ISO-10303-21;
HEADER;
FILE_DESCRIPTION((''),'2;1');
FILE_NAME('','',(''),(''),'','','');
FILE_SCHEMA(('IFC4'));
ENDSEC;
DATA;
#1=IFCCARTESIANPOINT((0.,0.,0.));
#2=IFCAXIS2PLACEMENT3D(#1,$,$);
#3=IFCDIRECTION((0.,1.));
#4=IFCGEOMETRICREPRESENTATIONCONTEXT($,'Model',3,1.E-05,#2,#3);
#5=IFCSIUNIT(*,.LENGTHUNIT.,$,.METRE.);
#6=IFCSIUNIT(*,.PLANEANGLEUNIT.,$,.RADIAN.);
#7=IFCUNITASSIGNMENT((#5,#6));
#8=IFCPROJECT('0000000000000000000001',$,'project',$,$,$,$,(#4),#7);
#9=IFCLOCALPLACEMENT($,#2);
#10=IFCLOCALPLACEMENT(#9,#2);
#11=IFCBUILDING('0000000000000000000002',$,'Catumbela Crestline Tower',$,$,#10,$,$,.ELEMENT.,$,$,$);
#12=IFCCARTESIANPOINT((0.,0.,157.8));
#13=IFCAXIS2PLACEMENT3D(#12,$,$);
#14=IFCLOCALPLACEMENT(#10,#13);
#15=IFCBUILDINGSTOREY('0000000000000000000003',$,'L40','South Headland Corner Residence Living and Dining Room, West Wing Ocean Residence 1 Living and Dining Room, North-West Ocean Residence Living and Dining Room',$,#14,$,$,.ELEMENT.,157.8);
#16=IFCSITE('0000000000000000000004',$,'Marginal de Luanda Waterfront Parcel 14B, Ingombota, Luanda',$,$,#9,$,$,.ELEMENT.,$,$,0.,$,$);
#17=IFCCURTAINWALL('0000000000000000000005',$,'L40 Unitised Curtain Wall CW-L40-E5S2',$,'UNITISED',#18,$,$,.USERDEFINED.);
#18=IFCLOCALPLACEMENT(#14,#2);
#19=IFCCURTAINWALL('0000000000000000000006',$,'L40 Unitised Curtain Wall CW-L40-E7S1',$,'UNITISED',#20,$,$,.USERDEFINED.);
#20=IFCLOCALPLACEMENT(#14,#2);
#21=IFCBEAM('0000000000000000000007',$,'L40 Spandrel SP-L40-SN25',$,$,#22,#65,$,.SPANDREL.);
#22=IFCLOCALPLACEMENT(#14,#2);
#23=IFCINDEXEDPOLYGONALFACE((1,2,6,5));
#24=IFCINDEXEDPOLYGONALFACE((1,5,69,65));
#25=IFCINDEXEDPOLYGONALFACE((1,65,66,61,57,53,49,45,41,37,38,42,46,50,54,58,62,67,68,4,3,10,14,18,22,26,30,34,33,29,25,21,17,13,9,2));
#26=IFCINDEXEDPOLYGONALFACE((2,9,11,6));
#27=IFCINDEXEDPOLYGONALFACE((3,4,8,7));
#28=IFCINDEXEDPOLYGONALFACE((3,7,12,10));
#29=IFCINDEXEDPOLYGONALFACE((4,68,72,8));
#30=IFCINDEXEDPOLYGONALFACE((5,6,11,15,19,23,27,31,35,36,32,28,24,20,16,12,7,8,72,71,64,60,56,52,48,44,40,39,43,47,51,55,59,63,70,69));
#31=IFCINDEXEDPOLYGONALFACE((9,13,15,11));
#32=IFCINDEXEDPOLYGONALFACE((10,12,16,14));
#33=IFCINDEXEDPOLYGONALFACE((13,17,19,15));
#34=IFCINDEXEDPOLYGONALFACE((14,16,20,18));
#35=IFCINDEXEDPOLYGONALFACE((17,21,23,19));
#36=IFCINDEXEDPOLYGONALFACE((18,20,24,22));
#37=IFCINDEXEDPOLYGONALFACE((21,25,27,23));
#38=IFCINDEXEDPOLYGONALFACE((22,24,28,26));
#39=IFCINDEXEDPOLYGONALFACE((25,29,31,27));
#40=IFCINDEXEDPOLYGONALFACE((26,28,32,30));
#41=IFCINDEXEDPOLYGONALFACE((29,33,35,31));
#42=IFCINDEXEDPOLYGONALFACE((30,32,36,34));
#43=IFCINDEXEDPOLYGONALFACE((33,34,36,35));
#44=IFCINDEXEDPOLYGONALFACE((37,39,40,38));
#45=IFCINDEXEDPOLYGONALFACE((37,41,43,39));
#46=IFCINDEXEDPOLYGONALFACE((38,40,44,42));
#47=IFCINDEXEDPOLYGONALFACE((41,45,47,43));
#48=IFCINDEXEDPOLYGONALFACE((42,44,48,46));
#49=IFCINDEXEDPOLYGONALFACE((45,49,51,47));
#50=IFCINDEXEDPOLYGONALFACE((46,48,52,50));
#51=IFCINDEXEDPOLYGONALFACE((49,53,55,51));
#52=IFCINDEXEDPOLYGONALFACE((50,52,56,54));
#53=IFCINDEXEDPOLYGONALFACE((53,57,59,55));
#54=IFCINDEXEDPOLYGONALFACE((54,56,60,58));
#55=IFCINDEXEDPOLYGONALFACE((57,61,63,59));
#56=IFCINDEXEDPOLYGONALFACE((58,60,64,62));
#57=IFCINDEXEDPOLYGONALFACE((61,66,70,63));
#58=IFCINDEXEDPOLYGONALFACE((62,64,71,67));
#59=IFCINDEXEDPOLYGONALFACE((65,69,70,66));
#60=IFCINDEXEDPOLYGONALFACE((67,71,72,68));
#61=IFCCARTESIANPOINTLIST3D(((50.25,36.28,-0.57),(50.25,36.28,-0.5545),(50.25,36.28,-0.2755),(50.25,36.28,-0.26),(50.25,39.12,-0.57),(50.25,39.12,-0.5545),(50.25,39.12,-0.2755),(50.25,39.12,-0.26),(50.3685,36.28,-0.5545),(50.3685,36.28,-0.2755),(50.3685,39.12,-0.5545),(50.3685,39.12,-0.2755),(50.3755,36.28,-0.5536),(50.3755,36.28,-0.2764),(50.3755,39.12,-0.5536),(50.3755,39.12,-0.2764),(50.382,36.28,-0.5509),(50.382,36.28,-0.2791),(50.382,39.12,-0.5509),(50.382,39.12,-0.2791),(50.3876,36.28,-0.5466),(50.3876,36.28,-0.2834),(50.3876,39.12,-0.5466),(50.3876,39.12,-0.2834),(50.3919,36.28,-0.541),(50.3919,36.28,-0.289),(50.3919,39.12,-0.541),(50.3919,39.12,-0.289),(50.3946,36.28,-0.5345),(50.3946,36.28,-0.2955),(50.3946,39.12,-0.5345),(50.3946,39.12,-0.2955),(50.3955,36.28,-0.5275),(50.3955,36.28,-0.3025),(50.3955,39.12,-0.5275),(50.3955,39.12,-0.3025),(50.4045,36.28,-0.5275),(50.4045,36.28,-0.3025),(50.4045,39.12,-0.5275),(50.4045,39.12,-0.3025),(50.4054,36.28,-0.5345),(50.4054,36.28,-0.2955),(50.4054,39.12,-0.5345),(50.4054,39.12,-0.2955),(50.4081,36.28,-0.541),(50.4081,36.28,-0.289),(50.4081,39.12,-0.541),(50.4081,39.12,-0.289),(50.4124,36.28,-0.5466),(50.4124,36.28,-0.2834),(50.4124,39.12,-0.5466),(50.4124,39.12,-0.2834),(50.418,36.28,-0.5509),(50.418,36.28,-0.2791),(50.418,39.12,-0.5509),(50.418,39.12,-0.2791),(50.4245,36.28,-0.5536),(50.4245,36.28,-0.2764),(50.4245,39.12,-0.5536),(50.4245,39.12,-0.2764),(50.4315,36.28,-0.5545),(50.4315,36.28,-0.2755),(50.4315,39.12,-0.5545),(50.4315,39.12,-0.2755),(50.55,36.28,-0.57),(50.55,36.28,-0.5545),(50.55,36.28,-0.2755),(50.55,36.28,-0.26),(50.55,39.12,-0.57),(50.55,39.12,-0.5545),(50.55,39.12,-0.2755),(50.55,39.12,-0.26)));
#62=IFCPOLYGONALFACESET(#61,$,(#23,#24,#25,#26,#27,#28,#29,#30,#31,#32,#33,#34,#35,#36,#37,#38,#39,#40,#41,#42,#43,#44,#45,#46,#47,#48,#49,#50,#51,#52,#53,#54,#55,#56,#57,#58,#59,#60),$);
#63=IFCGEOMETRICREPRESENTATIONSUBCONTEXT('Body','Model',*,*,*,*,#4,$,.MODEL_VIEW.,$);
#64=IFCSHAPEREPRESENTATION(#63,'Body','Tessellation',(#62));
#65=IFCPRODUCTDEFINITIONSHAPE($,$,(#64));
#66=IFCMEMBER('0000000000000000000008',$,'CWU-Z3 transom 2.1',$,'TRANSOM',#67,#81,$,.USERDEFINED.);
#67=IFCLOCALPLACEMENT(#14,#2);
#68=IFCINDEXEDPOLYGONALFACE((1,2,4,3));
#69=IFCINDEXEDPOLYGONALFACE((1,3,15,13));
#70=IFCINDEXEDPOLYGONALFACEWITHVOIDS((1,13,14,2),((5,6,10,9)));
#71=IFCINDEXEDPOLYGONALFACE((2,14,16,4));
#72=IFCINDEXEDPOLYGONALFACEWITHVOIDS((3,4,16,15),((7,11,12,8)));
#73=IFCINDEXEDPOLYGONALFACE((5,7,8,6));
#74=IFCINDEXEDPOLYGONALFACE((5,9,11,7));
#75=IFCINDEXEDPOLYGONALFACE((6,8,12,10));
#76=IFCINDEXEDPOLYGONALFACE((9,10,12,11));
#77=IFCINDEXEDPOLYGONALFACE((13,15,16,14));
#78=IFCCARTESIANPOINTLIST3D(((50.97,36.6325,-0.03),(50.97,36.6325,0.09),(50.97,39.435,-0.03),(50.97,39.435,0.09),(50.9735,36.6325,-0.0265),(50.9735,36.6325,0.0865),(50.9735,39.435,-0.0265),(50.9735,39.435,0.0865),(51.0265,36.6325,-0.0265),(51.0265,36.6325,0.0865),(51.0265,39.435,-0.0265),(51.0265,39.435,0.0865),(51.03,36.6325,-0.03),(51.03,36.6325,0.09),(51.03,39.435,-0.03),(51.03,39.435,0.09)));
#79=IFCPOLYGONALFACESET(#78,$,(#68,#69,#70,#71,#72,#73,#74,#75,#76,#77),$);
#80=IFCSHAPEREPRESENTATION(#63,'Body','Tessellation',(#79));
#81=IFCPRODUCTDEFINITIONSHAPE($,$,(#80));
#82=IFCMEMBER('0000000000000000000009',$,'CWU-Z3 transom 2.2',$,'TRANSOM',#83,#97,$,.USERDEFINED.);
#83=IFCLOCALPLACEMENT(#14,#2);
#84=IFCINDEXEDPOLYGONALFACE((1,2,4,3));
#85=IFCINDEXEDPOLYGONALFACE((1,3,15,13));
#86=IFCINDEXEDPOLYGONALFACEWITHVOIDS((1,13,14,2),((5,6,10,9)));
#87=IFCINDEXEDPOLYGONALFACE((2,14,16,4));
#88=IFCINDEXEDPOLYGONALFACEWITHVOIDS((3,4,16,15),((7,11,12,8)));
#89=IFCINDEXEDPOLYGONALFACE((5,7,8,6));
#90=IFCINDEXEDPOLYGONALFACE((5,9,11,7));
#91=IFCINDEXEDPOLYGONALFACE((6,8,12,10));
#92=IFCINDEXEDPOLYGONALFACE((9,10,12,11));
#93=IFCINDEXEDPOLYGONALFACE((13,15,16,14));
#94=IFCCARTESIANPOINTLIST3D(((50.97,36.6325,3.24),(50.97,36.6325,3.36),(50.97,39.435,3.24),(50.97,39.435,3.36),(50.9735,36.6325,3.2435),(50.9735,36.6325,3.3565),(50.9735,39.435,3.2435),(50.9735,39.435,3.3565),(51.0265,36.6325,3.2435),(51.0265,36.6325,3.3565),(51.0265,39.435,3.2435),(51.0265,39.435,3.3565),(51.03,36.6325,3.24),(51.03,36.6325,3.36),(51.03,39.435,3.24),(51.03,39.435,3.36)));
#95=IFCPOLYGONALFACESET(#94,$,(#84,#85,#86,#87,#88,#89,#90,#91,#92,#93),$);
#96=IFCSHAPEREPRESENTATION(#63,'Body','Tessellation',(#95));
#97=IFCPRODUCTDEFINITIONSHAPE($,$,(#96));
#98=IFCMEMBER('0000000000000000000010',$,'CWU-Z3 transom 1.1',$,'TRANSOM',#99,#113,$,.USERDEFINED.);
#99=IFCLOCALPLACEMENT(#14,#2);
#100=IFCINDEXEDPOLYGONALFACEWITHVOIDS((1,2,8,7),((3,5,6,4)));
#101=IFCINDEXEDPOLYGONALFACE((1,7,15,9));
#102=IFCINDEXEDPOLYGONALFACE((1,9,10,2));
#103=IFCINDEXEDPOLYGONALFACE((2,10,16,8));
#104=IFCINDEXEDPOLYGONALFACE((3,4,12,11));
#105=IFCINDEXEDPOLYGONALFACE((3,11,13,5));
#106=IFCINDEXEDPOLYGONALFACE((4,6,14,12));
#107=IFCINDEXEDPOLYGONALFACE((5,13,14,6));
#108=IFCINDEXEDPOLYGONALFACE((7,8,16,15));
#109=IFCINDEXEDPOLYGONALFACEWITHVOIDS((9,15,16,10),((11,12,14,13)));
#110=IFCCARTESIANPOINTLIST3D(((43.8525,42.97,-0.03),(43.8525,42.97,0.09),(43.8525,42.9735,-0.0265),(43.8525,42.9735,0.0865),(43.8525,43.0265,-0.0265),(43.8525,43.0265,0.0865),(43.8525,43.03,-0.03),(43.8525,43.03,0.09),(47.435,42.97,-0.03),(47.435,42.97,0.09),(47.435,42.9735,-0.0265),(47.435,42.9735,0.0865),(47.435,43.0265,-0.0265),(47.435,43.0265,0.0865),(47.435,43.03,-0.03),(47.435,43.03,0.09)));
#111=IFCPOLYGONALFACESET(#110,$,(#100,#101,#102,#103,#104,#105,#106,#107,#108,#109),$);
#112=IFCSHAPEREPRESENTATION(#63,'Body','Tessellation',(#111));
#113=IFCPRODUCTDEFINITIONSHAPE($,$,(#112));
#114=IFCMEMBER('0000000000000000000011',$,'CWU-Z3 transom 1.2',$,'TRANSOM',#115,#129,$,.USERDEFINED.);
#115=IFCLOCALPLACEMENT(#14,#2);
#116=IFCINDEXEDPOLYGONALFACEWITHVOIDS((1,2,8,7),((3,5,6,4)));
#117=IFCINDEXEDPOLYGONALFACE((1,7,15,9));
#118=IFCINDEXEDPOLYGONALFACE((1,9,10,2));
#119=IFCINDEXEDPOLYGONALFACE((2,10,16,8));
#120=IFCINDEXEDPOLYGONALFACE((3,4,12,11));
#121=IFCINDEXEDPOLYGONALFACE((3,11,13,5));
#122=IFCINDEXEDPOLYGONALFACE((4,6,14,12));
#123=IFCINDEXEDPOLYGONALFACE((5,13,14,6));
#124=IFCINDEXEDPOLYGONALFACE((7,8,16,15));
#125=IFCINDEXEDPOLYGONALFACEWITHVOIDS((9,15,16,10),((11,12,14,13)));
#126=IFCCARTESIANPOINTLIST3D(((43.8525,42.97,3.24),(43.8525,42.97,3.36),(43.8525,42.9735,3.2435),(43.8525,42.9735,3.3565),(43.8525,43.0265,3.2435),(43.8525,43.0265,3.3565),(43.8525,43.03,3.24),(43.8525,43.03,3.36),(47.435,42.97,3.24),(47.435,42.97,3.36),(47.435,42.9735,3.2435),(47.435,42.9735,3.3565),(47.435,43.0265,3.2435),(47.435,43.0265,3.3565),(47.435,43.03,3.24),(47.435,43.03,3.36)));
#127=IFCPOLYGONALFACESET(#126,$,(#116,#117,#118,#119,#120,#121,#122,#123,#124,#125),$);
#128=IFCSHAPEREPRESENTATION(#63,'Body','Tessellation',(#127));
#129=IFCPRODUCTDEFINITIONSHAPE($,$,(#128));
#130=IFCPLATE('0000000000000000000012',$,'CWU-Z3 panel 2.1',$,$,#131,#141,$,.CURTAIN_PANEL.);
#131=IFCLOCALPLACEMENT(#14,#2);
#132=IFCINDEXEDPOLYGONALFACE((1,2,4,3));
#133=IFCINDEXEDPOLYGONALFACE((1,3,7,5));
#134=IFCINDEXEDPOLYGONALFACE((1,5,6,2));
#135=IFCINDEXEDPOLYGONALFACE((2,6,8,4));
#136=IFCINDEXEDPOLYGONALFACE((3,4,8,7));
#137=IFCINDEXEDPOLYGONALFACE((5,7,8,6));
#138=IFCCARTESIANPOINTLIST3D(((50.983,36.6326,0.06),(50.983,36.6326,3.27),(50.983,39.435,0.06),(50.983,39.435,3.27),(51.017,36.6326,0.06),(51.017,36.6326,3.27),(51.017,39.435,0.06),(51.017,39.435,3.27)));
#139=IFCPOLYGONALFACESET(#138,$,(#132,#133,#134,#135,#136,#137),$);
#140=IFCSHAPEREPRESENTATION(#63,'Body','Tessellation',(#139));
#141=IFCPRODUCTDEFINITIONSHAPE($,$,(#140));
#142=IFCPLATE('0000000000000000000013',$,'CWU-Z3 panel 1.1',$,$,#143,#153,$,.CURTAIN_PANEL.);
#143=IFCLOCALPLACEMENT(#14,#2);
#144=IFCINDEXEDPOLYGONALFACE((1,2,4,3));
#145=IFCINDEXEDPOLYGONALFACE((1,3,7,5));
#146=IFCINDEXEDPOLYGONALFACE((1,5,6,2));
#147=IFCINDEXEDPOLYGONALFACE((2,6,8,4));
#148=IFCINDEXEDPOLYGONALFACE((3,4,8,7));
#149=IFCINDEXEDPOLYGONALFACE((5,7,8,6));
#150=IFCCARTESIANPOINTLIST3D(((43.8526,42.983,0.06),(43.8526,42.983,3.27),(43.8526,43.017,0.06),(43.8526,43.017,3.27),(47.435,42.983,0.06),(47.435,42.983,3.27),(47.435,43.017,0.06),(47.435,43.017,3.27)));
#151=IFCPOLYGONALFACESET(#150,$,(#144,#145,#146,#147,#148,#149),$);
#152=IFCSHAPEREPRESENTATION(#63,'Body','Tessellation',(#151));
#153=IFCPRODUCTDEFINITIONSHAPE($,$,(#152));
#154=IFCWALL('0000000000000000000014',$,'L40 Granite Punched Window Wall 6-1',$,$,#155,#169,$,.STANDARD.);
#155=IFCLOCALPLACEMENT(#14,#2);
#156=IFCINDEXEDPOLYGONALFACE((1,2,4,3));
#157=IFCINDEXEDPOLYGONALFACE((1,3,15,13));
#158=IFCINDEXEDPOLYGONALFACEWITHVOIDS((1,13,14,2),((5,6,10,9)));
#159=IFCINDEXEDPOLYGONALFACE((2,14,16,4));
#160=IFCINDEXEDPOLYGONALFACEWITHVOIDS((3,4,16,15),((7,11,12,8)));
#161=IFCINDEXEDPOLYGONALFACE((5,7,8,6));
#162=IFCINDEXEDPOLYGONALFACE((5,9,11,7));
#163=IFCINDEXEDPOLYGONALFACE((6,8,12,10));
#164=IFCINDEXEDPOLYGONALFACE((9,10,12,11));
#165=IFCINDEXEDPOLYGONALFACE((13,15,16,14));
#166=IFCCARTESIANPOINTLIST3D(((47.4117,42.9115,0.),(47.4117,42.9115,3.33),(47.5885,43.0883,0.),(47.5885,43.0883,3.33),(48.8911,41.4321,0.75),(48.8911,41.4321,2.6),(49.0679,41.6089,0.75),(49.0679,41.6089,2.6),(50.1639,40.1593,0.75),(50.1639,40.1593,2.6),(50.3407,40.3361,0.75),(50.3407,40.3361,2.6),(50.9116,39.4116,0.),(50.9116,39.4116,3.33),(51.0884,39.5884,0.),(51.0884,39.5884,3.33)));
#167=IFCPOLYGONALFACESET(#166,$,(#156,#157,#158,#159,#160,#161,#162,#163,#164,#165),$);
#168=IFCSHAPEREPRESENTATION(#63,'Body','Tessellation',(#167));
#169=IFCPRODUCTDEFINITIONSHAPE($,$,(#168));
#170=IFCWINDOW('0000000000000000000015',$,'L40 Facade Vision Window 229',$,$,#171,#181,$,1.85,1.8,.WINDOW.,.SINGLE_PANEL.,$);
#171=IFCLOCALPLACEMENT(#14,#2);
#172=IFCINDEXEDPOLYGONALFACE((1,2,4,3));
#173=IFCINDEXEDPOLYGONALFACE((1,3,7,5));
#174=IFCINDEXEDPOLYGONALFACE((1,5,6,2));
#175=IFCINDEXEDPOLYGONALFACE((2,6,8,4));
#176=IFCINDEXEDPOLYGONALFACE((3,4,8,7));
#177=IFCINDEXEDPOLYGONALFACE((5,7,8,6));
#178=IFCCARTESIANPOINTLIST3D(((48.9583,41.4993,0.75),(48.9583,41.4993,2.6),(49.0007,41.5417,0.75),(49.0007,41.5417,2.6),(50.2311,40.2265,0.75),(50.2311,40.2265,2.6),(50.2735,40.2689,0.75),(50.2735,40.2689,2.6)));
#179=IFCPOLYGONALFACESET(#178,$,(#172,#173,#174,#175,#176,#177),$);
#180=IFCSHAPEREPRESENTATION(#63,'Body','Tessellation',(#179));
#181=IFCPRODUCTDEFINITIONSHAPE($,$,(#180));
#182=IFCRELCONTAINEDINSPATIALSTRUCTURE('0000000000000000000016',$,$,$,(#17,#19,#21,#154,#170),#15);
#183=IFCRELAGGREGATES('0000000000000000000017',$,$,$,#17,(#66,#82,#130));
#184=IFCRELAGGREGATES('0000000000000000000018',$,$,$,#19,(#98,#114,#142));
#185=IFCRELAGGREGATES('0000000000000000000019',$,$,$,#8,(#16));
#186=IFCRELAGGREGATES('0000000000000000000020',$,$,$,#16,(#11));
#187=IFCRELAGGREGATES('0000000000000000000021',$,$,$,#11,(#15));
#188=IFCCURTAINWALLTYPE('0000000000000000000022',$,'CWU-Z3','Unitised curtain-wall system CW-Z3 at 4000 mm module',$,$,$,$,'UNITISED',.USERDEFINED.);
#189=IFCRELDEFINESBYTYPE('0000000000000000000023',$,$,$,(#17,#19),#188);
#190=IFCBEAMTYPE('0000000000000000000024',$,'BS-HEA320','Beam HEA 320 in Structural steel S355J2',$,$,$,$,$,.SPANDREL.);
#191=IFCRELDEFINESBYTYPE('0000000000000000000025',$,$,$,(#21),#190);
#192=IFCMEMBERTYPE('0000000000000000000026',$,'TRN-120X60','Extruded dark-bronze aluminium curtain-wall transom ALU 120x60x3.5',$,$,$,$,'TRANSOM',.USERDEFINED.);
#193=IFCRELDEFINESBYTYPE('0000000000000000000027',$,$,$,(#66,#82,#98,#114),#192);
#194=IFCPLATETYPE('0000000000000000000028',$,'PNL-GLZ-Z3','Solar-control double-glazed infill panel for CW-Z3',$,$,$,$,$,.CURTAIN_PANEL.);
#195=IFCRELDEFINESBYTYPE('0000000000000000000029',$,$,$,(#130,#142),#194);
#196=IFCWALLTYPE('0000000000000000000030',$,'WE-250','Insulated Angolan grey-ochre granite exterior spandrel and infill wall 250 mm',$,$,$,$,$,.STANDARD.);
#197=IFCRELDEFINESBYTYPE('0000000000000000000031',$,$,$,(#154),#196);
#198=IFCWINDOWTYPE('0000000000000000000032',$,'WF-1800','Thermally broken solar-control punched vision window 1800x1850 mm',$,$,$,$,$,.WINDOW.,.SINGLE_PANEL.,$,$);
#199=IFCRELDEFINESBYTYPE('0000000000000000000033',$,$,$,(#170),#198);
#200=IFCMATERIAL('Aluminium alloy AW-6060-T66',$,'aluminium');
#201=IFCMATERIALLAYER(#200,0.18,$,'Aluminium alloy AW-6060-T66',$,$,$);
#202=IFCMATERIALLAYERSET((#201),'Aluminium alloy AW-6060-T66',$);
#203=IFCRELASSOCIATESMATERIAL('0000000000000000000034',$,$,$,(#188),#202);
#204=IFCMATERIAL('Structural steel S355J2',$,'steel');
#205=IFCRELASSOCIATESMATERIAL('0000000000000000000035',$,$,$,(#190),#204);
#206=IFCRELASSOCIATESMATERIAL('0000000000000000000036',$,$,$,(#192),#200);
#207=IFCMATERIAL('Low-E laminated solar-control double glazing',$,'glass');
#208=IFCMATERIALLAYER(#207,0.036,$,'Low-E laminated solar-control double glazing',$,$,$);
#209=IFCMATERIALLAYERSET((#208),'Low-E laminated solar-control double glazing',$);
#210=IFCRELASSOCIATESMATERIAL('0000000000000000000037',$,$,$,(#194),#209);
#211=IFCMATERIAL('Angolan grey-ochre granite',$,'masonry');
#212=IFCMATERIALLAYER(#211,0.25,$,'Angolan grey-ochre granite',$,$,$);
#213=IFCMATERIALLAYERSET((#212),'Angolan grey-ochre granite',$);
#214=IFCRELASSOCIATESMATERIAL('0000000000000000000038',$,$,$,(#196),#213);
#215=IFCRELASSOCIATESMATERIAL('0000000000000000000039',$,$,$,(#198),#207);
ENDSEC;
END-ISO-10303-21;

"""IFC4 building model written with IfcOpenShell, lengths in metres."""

from ifc_helpers import new_model, si_unit, direction, frame, frame_2d, origin, origin_2d, place, context, subcontext, project, spatial, rectangle, hollow_rectangle, i_section, extrude, material, layer, layer_set, material_profile, profile_set, type_object, element, fill, aggregate, save


model = new_model("IFC4")

# Units and contexts
model_context = context("Model", 3, precision=1e-05, world=origin(), true_north=direction((0.0, 1.0)))
body_context = subcontext(model_context, "Body", "Model", "MODEL_VIEW")
ifc_project = project(units=[si_unit("LENGTHUNIT", "METRE"), si_unit("PLANEANGLEUNIT", "RADIAN")], contexts=[model_context])

# Site, building, storey
site_placement = place(None, origin())
site = spatial("IfcSite", under=ifc_project, at=site_placement, Name="Marginal de Luanda Waterfront Parcel 14B, Ingombota, Luanda", CompositionType="ELEMENT", RefElevation=0.0)
building_placement = place(site_placement, origin())
building = spatial("IfcBuilding", under=site, at=building_placement, Name="Catumbela Crestline Tower", CompositionType="ELEMENT")
storey_placement = place(building_placement, frame((0.0, 0.0, 157.8)))
storey = spatial("IfcBuildingStorey", under=building, at=storey_placement, Name="L40", Description="South Headland Corner Residence Living and Dining Room, West Wing Ocean Residence 1 Living and Dining Room, North-West Ocean Residence Living and Dining Room", CompositionType="ELEMENT", Elevation=157.8)

# Shared definitions
ifc_material_1 = material(Name="Structural steel S355J2", Category="steel")

# Curtain wall
ifc_material_2 = material(Name="Aluminium alloy AW-6060-T66", Category="aluminium")
ifc_layer_1 = layer(ifc_material_2, 0.18, Name="Aluminium alloy AW-6060-T66")
ifc_layer_set_1 = layer_set([ifc_layer_1], Name="Aluminium alloy AW-6060-T66")
curtain_wall_type = type_object("IfcCurtainWallType", Name="CWU-Z3", Description="Unitised curtain-wall system CW-Z3 at 4000 mm module", ElementType="UNITISED", PredefinedType="USERDEFINED", material=ifc_layer_set_1)
curtain_wall_1_placement = place(storey_placement, origin())
curtain_wall_1 = element("IfcCurtainWall", 1, at=curtain_wall_1_placement, inside=storey, type_object=curtain_wall_type, Name="L40 Unitised Curtain Wall CW-L40-E5S2", ObjectType="UNITISED", PredefinedType="USERDEFINED")

# Curtain wall
curtain_wall_2_placement = place(storey_placement, origin())
curtain_wall_2 = element("IfcCurtainWall", 2, at=curtain_wall_2_placement, inside=storey, type_object=curtain_wall_type, Name="L40 Unitised Curtain Wall CW-L40-E7S1", ObjectType="UNITISED", PredefinedType="USERDEFINED")

# Beam
ifc_material_profile_1 = material_profile(ifc_material_1, i_section(OverallWidth=0.3, OverallDepth=0.31, WebThickness=0.009, FlangeThickness=0.0155, FilletRadius=0.027, at=origin_2d()), Name="HEA 320")
ifc_profile_set_1 = profile_set([ifc_material_profile_1], Name="Structural steel S355J2")
beam_type = type_object("IfcBeamType", Name="BS-HEA320", Description="Beam HEA 320 in Structural steel S355J2", PredefinedType="SPANDREL", material=ifc_profile_set_1)
beam_1_placement = place(storey_placement, frame((50.4, 36.28, -0.415), z_axis=(0.0, 1.0, 0.0), x_axis=(-1.0, 0.0, 0.0)))
element("IfcBeam", 3, at=beam_1_placement, inside=storey, type_object=beam_type, Name="L40 Spandrel SP-L40-SN25", PredefinedType="SPANDREL", context=body_context, shape_type="SweptSolid", body=[
    extrude(i_section(OverallWidth=0.3, OverallDepth=0.31, WebThickness=0.009, FlangeThickness=0.0155, FilletRadius=0.027, at=origin_2d()), origin(), (0.0, 0.0, 1.0), 2.84),
])

# Members
ifc_material_profile_2 = material_profile(ifc_material_2, hollow_rectangle(XDim=0.06, YDim=0.12, WallThickness=0.0035, at=origin_2d()), Name="ALU 120x60x3.5")
ifc_profile_set_2 = profile_set([ifc_material_profile_2], Name="Aluminium alloy AW-6060-T66")
member_type_1 = type_object("IfcMemberType", Name="TRN-120X60", Description="Extruded dark-bronze aluminium curtain-wall transom ALU 120x60x3.5", ElementType="TRANSOM", PredefinedType="USERDEFINED", material=ifc_profile_set_2)
member_1_placement = place(storey_placement, frame((51.0, 36.6325, 0.03), z_axis=(0.0, 1.0, 0.0), x_axis=(-1.0, 0.0, 0.0)))
member_1 = element("IfcMember", 4, at=member_1_placement, type_object=member_type_1, Name="CWU-Z3 transom 2.1", ObjectType="TRANSOM", PredefinedType="USERDEFINED", context=body_context, shape_type="SweptSolid", body=[
    extrude(hollow_rectangle(XDim=0.06, YDim=0.12, WallThickness=0.0035, at=origin_2d()), origin(), (0.0, 0.0, 1.0), 2.8025),
])
member_2_placement = place(storey_placement, frame((51.0, 36.6325, 3.3), z_axis=(0.0, 1.0, 0.0), x_axis=(-1.0, 0.0, 0.0)))
member_2 = element("IfcMember", 5, at=member_2_placement, type_object=member_type_1, Name="CWU-Z3 transom 2.2", ObjectType="TRANSOM", PredefinedType="USERDEFINED", context=body_context, shape_type="SweptSolid", body=[
    extrude(hollow_rectangle(XDim=0.06, YDim=0.12, WallThickness=0.0035, at=origin_2d()), origin(), (0.0, 0.0, 1.0), 2.8025),
])
member_3_placement = place(storey_placement, frame((47.435, 43.0, 0.03), z_axis=(-1.0, 0.0, 0.0), x_axis=(0.0, -1.0, 0.0)))
member_3 = element("IfcMember", 6, at=member_3_placement, type_object=member_type_1, Name="CWU-Z3 transom 1.1", ObjectType="TRANSOM", PredefinedType="USERDEFINED", context=body_context, shape_type="SweptSolid", body=[
    extrude(hollow_rectangle(XDim=0.06, YDim=0.12, WallThickness=0.0035, at=origin_2d()), origin(), (0.0, 0.0, 1.0), 3.5825),
])
member_4_placement = place(storey_placement, frame((47.435, 43.0, 3.3), z_axis=(-1.0, 0.0, 0.0), x_axis=(0.0, -1.0, 0.0)))
member_4 = element("IfcMember", 7, at=member_4_placement, type_object=member_type_1, Name="CWU-Z3 transom 1.2", ObjectType="TRANSOM", PredefinedType="USERDEFINED", context=body_context, shape_type="SweptSolid", body=[
    extrude(hollow_rectangle(XDim=0.06, YDim=0.12, WallThickness=0.0035, at=origin_2d()), origin(), (0.0, 0.0, 1.0), 3.5825),
])

# Plates
ifc_material_3 = material(Name="Low-E laminated solar-control double glazing", Category="glass")
ifc_layer_2 = layer(ifc_material_3, 0.036, Name="Low-E laminated solar-control double glazing")
ifc_layer_set_2 = layer_set([ifc_layer_2], Name="Low-E laminated solar-control double glazing")
plate_type = type_object("IfcPlateType", Name="PNL-GLZ-Z3", Description="Solar-control double-glazed infill panel for CW-Z3", PredefinedType="CURTAIN_PANEL", material=ifc_layer_set_2)
plate_1_placement = place(storey_placement, frame((51.0, 38.0338, 0.06), z_axis=(0.0, 0.0, 1.0), x_axis=(0.0, 1.0, 0.0)))
plate_1 = element("IfcPlate", 8, at=plate_1_placement, type_object=plate_type, Name="CWU-Z3 panel 2.1", PredefinedType="CURTAIN_PANEL", context=body_context, shape_type="SweptSolid", body=[
    extrude(rectangle(XDim=2.8025, YDim=0.034, at=origin_2d()), origin(), (0.0, 0.0, 1.0), 3.21),
])
aggregate(curtain_wall_1, [member_1, member_2, plate_1])
plate_2_placement = place(storey_placement, frame((45.6438, 43.0, 0.06), z_axis=(0.0, 0.0, 1.0), x_axis=(-1.0, 0.0, 0.0)))
plate_2 = element("IfcPlate", 9, at=plate_2_placement, type_object=plate_type, Name="CWU-Z3 panel 1.1", PredefinedType="CURTAIN_PANEL", context=body_context, shape_type="SweptSolid", body=[
    extrude(rectangle(XDim=3.5825, YDim=0.034, at=origin_2d()), origin(), (0.0, 0.0, 1.0), 3.21),
])
aggregate(curtain_wall_2, [member_3, member_4, plate_2])

# Wall, opening, window
ifc_material_4 = material(Name="Angolan grey-ochre granite", Category="masonry")
ifc_layer_3 = layer(ifc_material_4, 0.25, Name="Angolan grey-ochre granite")
ifc_layer_set_3 = layer_set([ifc_layer_3], Name="Angolan grey-ochre granite")
wall_type_1 = type_object("IfcWallType", Name="WE-250", Description="Insulated Angolan grey-ochre granite exterior spandrel and infill wall 250 mm", PredefinedType="STANDARD", material=ifc_layer_set_3)
wall_1_placement = place(storey_placement, frame((51.0, 39.5, 0.0), z_axis=(0.0, 0.0, 1.0), x_axis=(-0.707107, 0.707107, 0.0)))
wall_1 = element("IfcWall", 10, at=wall_1_placement, inside=storey, type_object=wall_type_1, Name="L40 Granite Punched Window Wall 6-1", PredefinedType="STANDARD", context=body_context, shape_type="SweptSolid", body=[
    extrude(rectangle(XDim=4.9497, YDim=0.25, at=frame_2d((2.4748, 0.0))), origin(), (0.0, 0.0, 1.0), 3.33),
])
opening_1_placement = place(wall_1_placement, frame((1.0574, 0.0, 0.75)))
opening_1 = element("IfcOpeningElement", 11, at=opening_1_placement, cuts=wall_1, PredefinedType="OPENING", context=body_context, shape_type="SweptSolid", body=[
    extrude(rectangle(XDim=1.8, YDim=1.85, at=frame_2d((0.9, 0.925))), frame((0.0, 0.135, 0.0), z_axis=(0.0, -1.0, 0.0), x_axis=(1.0, 0.0, 0.0)), (0.0, 0.0, 1.0), 0.27),
])
window_type = type_object("IfcWindowType", Name="WF-1800", Description="Thermally broken solar-control punched vision window 1800x1850 mm", PartitioningType="SINGLE_PANEL", PredefinedType="WINDOW", material=ifc_material_3)
window_placement = place(opening_1_placement, origin())
window = element("IfcWindow", 12, at=window_placement, inside=storey, type_object=window_type, Name="L40 Facade Vision Window 229", OverallHeight=1.85, OverallWidth=1.8, PartitioningType="SINGLE_PANEL", PredefinedType="WINDOW", context=body_context, shape_type="SweptSolid", body=[
    extrude(rectangle(XDim=1.8, YDim=1.85, at=frame_2d((0.9, 0.925))), frame((0.0, 0.03, 0.0), z_axis=(0.0, -1.0, 0.0), x_axis=(1.0, 0.0, 0.0)), (0.0, 0.0, 1.0), 0.06),
])
fill(opening_1, window)

save(model, "model.ifc")
